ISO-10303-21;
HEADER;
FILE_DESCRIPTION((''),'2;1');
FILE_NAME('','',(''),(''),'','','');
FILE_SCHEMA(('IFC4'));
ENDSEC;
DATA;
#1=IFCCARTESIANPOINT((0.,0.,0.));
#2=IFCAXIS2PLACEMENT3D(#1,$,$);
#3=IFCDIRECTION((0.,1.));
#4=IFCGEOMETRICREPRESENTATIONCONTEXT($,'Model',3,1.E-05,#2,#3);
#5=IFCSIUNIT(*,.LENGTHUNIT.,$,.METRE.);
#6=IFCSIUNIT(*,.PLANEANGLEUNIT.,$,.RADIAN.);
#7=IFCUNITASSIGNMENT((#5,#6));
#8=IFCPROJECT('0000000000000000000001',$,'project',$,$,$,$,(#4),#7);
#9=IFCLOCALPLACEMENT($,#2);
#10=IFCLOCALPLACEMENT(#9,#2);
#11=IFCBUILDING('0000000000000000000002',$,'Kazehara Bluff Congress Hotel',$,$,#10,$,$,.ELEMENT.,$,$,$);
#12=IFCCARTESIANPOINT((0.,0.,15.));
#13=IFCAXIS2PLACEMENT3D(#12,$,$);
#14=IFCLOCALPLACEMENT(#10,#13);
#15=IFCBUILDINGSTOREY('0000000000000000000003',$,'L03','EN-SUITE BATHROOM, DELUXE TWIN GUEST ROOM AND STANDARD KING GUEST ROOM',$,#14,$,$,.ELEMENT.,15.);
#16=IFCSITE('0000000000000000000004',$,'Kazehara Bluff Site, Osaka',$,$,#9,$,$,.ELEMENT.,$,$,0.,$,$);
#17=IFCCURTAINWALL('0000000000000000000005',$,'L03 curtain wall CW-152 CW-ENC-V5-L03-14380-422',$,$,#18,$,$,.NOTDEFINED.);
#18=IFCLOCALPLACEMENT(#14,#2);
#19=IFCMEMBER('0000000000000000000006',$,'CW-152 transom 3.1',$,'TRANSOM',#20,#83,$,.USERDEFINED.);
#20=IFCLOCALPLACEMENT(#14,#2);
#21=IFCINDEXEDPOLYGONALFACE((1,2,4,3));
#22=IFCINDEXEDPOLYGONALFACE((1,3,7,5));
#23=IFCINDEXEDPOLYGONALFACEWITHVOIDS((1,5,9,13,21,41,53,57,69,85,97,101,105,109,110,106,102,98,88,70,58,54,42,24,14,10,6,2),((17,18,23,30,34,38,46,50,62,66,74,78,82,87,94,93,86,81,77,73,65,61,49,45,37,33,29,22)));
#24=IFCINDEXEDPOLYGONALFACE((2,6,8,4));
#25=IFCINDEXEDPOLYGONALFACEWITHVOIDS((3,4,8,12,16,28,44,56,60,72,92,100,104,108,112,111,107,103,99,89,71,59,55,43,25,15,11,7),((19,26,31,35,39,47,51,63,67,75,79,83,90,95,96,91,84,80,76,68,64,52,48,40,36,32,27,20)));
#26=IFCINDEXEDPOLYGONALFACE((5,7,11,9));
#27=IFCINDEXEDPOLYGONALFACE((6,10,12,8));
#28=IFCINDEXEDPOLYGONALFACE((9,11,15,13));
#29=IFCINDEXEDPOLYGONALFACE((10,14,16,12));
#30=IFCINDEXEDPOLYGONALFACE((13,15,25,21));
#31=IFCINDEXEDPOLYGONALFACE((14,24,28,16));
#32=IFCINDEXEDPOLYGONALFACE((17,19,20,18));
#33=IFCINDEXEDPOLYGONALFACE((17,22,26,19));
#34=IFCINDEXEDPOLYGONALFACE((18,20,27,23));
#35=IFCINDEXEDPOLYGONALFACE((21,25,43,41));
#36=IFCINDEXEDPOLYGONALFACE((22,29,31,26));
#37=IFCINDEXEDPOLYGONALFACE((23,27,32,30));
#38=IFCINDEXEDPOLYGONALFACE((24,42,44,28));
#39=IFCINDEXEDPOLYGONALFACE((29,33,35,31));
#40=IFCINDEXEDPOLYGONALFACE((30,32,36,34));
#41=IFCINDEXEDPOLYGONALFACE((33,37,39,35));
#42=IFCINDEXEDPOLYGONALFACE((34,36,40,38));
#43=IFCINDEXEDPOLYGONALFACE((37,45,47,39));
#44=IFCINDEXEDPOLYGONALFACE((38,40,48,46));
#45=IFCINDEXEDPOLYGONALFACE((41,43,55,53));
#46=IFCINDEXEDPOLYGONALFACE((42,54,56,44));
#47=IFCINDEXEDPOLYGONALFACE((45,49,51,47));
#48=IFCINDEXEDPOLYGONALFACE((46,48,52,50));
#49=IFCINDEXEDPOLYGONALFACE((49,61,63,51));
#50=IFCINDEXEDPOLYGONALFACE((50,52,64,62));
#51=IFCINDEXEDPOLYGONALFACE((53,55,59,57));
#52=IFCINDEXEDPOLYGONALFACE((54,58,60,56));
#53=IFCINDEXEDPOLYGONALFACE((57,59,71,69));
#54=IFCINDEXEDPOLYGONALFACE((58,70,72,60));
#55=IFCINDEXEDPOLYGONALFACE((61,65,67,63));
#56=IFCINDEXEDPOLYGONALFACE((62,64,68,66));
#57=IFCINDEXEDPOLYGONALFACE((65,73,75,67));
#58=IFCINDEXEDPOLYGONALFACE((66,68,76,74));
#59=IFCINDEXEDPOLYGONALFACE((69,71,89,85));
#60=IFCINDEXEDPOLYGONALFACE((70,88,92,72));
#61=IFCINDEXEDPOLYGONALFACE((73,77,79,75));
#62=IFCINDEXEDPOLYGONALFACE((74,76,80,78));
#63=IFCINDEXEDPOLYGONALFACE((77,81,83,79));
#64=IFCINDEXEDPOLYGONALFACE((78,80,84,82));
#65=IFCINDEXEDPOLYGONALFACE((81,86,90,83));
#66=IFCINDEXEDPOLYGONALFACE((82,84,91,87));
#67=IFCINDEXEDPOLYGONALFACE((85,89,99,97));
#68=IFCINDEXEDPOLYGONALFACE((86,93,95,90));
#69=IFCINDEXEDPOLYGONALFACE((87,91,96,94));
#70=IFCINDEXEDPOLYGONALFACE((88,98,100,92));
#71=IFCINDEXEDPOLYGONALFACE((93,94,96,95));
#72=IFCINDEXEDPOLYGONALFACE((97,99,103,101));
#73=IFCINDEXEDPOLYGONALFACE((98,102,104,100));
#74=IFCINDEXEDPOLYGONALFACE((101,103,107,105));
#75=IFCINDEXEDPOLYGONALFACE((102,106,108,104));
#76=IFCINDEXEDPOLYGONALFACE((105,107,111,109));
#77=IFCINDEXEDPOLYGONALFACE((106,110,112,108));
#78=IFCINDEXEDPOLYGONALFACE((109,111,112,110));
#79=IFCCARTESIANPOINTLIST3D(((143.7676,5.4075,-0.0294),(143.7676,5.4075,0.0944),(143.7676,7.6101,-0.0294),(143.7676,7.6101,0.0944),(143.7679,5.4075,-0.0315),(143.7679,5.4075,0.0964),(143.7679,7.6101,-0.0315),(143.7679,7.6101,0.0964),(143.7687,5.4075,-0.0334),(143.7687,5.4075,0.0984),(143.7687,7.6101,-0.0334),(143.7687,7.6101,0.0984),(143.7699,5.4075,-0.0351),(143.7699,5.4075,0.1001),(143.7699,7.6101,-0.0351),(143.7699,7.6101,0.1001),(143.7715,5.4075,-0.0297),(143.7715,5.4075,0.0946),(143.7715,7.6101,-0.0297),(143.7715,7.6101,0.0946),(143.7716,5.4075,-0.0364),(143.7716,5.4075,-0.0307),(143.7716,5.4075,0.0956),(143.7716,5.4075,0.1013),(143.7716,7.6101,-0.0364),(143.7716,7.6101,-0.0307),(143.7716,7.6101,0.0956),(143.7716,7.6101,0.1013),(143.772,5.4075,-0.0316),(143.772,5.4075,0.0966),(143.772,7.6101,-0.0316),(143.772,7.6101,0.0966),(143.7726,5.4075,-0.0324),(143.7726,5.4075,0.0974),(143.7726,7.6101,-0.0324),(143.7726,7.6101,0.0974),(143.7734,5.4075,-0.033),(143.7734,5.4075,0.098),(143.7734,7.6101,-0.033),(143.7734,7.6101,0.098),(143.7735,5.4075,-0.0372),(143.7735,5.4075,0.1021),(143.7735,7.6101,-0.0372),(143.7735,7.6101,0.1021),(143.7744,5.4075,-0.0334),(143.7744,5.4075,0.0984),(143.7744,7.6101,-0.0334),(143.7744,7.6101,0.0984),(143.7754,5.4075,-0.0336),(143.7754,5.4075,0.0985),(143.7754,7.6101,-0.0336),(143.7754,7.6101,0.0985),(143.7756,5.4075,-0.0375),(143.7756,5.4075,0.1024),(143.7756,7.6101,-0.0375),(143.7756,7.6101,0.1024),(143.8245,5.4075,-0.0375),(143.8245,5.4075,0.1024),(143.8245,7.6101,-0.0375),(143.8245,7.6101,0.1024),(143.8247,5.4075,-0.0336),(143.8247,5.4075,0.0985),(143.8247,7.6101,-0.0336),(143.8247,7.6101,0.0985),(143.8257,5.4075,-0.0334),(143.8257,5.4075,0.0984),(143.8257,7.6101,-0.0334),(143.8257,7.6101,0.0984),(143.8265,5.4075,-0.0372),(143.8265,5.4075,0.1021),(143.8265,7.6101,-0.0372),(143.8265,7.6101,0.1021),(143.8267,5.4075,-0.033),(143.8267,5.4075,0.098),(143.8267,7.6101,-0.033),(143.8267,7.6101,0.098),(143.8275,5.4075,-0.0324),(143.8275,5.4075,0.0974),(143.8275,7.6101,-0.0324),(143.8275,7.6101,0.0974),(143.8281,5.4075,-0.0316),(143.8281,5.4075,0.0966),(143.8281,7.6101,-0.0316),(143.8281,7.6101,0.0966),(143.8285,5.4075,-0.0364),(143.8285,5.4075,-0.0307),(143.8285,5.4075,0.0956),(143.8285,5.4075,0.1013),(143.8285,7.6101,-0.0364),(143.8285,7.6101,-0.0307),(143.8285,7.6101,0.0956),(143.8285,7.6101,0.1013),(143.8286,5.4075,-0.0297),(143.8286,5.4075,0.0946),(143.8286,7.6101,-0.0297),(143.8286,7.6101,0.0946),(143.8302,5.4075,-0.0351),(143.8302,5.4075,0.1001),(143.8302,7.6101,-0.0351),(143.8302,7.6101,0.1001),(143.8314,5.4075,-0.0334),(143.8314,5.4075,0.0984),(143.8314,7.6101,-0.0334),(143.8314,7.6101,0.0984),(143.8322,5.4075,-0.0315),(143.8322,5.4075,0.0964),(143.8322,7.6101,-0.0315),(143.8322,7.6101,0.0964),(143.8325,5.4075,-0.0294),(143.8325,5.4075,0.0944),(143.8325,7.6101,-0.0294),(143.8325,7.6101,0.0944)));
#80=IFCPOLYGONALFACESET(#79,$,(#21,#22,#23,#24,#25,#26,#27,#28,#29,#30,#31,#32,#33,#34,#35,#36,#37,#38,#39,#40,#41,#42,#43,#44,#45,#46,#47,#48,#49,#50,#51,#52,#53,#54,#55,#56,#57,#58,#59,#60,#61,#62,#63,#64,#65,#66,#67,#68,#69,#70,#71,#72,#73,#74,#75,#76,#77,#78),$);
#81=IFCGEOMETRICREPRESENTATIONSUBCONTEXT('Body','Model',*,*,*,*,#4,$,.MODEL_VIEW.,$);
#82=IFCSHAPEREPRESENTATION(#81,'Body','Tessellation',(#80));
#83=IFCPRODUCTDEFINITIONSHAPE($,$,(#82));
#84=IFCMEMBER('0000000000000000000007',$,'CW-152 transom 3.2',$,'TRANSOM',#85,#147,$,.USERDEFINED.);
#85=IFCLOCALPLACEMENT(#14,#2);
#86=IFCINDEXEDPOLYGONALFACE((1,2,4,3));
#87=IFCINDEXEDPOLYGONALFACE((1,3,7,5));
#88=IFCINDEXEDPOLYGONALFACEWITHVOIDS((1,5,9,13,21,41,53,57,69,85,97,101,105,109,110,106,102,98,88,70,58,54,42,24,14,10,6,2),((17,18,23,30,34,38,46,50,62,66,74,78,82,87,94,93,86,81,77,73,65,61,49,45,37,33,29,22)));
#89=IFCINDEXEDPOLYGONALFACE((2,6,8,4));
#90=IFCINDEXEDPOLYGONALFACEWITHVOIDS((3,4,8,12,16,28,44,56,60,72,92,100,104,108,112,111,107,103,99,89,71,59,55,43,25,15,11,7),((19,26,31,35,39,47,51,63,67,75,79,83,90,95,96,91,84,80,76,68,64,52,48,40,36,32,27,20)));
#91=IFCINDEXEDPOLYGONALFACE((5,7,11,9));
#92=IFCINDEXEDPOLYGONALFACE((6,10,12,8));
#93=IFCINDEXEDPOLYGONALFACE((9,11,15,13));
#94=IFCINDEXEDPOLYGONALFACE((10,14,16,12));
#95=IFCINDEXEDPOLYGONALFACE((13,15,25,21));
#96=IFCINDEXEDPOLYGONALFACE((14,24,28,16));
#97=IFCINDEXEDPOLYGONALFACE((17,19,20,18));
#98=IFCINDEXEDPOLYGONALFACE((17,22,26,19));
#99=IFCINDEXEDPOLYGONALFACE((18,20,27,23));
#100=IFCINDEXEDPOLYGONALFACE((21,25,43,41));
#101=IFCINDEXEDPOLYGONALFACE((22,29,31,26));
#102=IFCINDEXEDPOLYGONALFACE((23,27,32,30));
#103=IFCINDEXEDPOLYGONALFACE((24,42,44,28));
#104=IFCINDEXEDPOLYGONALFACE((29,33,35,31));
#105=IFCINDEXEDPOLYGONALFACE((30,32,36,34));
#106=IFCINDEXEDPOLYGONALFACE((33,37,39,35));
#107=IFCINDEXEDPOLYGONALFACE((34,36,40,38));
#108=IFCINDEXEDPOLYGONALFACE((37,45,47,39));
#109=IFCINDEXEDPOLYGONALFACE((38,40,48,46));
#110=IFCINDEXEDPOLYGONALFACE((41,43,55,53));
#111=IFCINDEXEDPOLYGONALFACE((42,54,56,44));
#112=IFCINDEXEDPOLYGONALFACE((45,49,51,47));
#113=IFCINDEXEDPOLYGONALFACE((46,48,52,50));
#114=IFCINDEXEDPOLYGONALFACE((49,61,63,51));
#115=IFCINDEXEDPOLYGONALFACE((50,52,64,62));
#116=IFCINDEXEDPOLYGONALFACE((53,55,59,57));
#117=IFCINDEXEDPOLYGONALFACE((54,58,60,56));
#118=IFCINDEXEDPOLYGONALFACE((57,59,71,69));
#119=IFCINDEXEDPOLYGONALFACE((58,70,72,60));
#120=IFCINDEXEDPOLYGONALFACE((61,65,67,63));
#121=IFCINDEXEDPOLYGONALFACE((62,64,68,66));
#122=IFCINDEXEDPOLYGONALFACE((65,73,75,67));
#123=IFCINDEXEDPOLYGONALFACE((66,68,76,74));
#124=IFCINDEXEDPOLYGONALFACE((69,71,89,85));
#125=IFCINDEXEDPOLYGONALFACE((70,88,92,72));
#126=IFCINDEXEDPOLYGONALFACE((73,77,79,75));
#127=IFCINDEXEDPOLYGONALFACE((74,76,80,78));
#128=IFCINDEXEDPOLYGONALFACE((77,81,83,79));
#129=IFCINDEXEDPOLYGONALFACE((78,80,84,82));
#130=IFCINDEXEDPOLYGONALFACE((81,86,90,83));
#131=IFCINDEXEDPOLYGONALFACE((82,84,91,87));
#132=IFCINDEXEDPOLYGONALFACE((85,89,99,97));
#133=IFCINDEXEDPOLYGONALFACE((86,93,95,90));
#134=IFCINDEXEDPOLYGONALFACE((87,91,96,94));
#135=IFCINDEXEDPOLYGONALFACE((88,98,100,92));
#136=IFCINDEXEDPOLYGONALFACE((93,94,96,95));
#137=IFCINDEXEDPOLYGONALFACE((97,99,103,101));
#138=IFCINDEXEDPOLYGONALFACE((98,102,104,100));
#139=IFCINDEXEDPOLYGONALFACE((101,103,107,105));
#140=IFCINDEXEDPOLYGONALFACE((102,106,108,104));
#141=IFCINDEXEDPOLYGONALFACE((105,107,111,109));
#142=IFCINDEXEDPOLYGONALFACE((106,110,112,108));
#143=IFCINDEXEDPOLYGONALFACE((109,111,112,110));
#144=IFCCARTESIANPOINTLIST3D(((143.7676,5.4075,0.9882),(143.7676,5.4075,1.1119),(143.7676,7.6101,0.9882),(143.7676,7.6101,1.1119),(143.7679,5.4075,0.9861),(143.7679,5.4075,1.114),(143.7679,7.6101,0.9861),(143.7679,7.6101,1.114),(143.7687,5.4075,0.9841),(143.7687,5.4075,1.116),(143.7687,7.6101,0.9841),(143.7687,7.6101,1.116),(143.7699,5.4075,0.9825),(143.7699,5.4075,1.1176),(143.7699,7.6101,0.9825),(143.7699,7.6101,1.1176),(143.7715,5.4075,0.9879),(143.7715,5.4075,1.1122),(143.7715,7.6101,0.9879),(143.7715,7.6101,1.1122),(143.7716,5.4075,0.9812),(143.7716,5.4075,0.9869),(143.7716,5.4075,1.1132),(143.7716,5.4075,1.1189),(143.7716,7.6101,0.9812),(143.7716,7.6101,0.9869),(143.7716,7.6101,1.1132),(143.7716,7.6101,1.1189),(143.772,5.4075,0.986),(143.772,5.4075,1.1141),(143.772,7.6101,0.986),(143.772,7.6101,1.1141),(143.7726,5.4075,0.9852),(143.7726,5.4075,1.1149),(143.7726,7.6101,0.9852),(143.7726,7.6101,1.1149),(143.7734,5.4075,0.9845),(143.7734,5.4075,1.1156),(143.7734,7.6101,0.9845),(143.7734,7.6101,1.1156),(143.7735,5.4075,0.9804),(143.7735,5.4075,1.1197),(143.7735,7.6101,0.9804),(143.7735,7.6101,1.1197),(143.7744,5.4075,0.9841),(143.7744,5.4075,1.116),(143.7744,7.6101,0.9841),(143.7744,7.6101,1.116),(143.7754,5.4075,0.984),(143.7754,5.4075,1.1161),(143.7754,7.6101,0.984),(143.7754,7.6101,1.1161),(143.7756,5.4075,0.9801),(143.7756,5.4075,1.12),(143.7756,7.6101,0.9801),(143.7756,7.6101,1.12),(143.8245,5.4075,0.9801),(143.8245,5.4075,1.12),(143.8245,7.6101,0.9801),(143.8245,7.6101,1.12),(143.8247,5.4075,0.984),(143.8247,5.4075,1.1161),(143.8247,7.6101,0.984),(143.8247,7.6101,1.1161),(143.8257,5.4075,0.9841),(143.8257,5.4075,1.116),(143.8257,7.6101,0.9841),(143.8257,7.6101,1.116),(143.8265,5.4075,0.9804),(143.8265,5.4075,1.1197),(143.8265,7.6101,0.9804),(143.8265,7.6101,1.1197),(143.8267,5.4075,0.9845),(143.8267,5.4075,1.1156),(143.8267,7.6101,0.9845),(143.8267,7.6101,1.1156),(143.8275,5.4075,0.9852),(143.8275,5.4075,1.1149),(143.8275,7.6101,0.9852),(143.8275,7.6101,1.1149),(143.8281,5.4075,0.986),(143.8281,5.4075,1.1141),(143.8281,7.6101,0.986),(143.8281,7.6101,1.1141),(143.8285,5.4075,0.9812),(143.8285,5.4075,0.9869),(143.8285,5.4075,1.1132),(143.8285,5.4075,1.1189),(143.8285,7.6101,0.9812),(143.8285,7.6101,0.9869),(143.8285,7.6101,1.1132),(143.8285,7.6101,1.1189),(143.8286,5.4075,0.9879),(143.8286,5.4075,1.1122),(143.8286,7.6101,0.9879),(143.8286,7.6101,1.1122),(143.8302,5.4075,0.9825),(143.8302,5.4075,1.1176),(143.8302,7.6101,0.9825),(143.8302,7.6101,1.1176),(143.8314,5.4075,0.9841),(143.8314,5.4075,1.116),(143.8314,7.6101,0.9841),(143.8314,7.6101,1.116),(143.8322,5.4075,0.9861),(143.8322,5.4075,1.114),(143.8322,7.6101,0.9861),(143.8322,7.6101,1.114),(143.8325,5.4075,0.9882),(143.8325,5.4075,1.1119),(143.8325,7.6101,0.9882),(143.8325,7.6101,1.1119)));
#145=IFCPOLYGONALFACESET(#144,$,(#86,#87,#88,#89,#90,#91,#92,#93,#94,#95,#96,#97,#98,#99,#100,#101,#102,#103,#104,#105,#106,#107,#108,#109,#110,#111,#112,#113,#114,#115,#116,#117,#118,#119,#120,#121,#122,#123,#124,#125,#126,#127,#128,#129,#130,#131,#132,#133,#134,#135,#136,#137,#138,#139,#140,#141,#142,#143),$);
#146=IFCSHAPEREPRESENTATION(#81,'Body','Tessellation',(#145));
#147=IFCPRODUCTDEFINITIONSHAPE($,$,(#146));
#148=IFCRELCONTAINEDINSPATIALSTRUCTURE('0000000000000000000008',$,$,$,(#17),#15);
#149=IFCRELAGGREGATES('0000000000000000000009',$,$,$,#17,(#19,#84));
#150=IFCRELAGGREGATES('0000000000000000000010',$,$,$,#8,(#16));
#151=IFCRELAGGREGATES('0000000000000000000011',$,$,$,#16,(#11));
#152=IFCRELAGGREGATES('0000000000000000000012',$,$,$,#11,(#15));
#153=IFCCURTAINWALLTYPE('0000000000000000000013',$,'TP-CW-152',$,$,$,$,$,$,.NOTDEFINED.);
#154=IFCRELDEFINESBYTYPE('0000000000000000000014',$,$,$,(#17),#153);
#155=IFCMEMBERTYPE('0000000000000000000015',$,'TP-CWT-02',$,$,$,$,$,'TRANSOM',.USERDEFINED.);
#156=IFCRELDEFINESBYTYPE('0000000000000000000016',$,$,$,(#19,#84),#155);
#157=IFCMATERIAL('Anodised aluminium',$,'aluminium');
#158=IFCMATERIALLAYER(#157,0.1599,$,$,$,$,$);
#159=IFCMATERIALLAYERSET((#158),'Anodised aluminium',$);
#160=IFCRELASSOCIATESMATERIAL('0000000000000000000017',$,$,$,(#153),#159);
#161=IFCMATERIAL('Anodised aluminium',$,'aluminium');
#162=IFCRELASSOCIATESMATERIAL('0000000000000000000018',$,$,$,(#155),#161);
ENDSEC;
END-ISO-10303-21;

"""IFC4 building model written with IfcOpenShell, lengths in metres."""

from ifc_helpers import new_model, si_unit, direction, frame, origin, origin_2d, place, context, subcontext, project, spatial, hollow_rectangle, extrude, material, layer, layer_set, material_profile, profile_set, type_object, element, aggregate, save


model = new_model("IFC4")

# Units and contexts
model_context = context("Model", 3, precision=1e-05, world=origin(), true_north=direction((0.0, 1.0)))
body_context = subcontext(model_context, "Body", "Model", "MODEL_VIEW")
ifc_project = project(units=[si_unit("LENGTHUNIT", "METRE"), si_unit("PLANEANGLEUNIT", "RADIAN")], contexts=[model_context])

# Site, building, storey
site_placement = place(None, origin())
site = spatial("IfcSite", under=ifc_project, at=site_placement, Name="Kazehara Bluff Site, Osaka", CompositionType="ELEMENT", RefElevation=0.0)
building_placement = place(site_placement, origin())
building = spatial("IfcBuilding", under=site, at=building_placement, Name="Kazehara Bluff Congress Hotel", CompositionType="ELEMENT")
storey_placement = place(building_placement, frame((0.0, 0.0, 15.0)))
storey = spatial("IfcBuildingStorey", under=building, at=storey_placement, Name="L03", Description="EN-SUITE BATHROOM, DELUXE TWIN GUEST ROOM AND STANDARD KING GUEST ROOM", CompositionType="ELEMENT", Elevation=15.0)

# Curtain wall
ifc_material_1 = material(Name="Anodised aluminium", Category="aluminium")
ifc_layer_1 = layer(ifc_material_1, 0.1599)
ifc_layer_set_1 = layer_set([ifc_layer_1], Name="Anodised aluminium")
curtain_wall_type_1 = type_object("IfcCurtainWallType", Name="TP-CW-152", PredefinedType="NOTDEFINED", material=ifc_layer_set_1)
curtain_wall_1_placement = place(storey_placement, origin())
curtain_wall_1 = element("IfcCurtainWall", 1, at=curtain_wall_1_placement, inside=storey, type_object=curtain_wall_type_1, Name="L03 curtain wall CW-152 CW-ENC-V5-L03-14380-422", PredefinedType="NOTDEFINED")

# Members
ifc_material_2 = material(Name="Anodised aluminium", Category="aluminium")
ifc_material_profile_1 = material_profile(ifc_material_2, hollow_rectangle(XDim=0.0649, YDim=0.1399, WallThickness=0.0039, InnerFilletRadius=0.0039, OuterFilletRadius=0.0081, at=origin_2d()))
ifc_profile_set_1 = profile_set([ifc_material_profile_1], Name="Anodised aluminium")
member_type_1 = type_object("IfcMemberType", Name="TP-CWT-02", ElementType="TRANSOM", PredefinedType="USERDEFINED", material=ifc_profile_set_1)
member_1_placement = place(storey_placement, frame((143.8, 5.4075, 0.0325), z_axis=(0.0, 1.0, 0.0), x_axis=(-1.0, 0.0, 0.0)))
member_1 = element("IfcMember", 2, at=member_1_placement, type_object=member_type_1, Name="CW-152 transom 3.1", ObjectType="TRANSOM", PredefinedType="USERDEFINED", context=body_context, shape_type="SweptSolid", body=[
    extrude(hollow_rectangle(XDim=0.0649, YDim=0.1399, WallThickness=0.0039, InnerFilletRadius=0.0039, OuterFilletRadius=0.0081, at=origin_2d()), origin(), (0.0, 0.0, 1.0), 2.2026),
])
member_2_placement = place(storey_placement, frame((143.8, 5.4075, 1.05), z_axis=(0.0, 1.0, 0.0), x_axis=(-1.0, 0.0, 0.0)))
member_2 = element("IfcMember", 3, at=member_2_placement, type_object=member_type_1, Name="CW-152 transom 3.2", ObjectType="TRANSOM", PredefinedType="USERDEFINED", context=body_context, shape_type="SweptSolid", body=[
    extrude(hollow_rectangle(XDim=0.0649, YDim=0.1399, WallThickness=0.0039, InnerFilletRadius=0.0039, OuterFilletRadius=0.0081, at=origin_2d()), origin(), (0.0, 0.0, 1.0), 2.2026),
])

aggregate(curtain_wall_1, [member_1, member_2])

save(model, "model.ifc")
